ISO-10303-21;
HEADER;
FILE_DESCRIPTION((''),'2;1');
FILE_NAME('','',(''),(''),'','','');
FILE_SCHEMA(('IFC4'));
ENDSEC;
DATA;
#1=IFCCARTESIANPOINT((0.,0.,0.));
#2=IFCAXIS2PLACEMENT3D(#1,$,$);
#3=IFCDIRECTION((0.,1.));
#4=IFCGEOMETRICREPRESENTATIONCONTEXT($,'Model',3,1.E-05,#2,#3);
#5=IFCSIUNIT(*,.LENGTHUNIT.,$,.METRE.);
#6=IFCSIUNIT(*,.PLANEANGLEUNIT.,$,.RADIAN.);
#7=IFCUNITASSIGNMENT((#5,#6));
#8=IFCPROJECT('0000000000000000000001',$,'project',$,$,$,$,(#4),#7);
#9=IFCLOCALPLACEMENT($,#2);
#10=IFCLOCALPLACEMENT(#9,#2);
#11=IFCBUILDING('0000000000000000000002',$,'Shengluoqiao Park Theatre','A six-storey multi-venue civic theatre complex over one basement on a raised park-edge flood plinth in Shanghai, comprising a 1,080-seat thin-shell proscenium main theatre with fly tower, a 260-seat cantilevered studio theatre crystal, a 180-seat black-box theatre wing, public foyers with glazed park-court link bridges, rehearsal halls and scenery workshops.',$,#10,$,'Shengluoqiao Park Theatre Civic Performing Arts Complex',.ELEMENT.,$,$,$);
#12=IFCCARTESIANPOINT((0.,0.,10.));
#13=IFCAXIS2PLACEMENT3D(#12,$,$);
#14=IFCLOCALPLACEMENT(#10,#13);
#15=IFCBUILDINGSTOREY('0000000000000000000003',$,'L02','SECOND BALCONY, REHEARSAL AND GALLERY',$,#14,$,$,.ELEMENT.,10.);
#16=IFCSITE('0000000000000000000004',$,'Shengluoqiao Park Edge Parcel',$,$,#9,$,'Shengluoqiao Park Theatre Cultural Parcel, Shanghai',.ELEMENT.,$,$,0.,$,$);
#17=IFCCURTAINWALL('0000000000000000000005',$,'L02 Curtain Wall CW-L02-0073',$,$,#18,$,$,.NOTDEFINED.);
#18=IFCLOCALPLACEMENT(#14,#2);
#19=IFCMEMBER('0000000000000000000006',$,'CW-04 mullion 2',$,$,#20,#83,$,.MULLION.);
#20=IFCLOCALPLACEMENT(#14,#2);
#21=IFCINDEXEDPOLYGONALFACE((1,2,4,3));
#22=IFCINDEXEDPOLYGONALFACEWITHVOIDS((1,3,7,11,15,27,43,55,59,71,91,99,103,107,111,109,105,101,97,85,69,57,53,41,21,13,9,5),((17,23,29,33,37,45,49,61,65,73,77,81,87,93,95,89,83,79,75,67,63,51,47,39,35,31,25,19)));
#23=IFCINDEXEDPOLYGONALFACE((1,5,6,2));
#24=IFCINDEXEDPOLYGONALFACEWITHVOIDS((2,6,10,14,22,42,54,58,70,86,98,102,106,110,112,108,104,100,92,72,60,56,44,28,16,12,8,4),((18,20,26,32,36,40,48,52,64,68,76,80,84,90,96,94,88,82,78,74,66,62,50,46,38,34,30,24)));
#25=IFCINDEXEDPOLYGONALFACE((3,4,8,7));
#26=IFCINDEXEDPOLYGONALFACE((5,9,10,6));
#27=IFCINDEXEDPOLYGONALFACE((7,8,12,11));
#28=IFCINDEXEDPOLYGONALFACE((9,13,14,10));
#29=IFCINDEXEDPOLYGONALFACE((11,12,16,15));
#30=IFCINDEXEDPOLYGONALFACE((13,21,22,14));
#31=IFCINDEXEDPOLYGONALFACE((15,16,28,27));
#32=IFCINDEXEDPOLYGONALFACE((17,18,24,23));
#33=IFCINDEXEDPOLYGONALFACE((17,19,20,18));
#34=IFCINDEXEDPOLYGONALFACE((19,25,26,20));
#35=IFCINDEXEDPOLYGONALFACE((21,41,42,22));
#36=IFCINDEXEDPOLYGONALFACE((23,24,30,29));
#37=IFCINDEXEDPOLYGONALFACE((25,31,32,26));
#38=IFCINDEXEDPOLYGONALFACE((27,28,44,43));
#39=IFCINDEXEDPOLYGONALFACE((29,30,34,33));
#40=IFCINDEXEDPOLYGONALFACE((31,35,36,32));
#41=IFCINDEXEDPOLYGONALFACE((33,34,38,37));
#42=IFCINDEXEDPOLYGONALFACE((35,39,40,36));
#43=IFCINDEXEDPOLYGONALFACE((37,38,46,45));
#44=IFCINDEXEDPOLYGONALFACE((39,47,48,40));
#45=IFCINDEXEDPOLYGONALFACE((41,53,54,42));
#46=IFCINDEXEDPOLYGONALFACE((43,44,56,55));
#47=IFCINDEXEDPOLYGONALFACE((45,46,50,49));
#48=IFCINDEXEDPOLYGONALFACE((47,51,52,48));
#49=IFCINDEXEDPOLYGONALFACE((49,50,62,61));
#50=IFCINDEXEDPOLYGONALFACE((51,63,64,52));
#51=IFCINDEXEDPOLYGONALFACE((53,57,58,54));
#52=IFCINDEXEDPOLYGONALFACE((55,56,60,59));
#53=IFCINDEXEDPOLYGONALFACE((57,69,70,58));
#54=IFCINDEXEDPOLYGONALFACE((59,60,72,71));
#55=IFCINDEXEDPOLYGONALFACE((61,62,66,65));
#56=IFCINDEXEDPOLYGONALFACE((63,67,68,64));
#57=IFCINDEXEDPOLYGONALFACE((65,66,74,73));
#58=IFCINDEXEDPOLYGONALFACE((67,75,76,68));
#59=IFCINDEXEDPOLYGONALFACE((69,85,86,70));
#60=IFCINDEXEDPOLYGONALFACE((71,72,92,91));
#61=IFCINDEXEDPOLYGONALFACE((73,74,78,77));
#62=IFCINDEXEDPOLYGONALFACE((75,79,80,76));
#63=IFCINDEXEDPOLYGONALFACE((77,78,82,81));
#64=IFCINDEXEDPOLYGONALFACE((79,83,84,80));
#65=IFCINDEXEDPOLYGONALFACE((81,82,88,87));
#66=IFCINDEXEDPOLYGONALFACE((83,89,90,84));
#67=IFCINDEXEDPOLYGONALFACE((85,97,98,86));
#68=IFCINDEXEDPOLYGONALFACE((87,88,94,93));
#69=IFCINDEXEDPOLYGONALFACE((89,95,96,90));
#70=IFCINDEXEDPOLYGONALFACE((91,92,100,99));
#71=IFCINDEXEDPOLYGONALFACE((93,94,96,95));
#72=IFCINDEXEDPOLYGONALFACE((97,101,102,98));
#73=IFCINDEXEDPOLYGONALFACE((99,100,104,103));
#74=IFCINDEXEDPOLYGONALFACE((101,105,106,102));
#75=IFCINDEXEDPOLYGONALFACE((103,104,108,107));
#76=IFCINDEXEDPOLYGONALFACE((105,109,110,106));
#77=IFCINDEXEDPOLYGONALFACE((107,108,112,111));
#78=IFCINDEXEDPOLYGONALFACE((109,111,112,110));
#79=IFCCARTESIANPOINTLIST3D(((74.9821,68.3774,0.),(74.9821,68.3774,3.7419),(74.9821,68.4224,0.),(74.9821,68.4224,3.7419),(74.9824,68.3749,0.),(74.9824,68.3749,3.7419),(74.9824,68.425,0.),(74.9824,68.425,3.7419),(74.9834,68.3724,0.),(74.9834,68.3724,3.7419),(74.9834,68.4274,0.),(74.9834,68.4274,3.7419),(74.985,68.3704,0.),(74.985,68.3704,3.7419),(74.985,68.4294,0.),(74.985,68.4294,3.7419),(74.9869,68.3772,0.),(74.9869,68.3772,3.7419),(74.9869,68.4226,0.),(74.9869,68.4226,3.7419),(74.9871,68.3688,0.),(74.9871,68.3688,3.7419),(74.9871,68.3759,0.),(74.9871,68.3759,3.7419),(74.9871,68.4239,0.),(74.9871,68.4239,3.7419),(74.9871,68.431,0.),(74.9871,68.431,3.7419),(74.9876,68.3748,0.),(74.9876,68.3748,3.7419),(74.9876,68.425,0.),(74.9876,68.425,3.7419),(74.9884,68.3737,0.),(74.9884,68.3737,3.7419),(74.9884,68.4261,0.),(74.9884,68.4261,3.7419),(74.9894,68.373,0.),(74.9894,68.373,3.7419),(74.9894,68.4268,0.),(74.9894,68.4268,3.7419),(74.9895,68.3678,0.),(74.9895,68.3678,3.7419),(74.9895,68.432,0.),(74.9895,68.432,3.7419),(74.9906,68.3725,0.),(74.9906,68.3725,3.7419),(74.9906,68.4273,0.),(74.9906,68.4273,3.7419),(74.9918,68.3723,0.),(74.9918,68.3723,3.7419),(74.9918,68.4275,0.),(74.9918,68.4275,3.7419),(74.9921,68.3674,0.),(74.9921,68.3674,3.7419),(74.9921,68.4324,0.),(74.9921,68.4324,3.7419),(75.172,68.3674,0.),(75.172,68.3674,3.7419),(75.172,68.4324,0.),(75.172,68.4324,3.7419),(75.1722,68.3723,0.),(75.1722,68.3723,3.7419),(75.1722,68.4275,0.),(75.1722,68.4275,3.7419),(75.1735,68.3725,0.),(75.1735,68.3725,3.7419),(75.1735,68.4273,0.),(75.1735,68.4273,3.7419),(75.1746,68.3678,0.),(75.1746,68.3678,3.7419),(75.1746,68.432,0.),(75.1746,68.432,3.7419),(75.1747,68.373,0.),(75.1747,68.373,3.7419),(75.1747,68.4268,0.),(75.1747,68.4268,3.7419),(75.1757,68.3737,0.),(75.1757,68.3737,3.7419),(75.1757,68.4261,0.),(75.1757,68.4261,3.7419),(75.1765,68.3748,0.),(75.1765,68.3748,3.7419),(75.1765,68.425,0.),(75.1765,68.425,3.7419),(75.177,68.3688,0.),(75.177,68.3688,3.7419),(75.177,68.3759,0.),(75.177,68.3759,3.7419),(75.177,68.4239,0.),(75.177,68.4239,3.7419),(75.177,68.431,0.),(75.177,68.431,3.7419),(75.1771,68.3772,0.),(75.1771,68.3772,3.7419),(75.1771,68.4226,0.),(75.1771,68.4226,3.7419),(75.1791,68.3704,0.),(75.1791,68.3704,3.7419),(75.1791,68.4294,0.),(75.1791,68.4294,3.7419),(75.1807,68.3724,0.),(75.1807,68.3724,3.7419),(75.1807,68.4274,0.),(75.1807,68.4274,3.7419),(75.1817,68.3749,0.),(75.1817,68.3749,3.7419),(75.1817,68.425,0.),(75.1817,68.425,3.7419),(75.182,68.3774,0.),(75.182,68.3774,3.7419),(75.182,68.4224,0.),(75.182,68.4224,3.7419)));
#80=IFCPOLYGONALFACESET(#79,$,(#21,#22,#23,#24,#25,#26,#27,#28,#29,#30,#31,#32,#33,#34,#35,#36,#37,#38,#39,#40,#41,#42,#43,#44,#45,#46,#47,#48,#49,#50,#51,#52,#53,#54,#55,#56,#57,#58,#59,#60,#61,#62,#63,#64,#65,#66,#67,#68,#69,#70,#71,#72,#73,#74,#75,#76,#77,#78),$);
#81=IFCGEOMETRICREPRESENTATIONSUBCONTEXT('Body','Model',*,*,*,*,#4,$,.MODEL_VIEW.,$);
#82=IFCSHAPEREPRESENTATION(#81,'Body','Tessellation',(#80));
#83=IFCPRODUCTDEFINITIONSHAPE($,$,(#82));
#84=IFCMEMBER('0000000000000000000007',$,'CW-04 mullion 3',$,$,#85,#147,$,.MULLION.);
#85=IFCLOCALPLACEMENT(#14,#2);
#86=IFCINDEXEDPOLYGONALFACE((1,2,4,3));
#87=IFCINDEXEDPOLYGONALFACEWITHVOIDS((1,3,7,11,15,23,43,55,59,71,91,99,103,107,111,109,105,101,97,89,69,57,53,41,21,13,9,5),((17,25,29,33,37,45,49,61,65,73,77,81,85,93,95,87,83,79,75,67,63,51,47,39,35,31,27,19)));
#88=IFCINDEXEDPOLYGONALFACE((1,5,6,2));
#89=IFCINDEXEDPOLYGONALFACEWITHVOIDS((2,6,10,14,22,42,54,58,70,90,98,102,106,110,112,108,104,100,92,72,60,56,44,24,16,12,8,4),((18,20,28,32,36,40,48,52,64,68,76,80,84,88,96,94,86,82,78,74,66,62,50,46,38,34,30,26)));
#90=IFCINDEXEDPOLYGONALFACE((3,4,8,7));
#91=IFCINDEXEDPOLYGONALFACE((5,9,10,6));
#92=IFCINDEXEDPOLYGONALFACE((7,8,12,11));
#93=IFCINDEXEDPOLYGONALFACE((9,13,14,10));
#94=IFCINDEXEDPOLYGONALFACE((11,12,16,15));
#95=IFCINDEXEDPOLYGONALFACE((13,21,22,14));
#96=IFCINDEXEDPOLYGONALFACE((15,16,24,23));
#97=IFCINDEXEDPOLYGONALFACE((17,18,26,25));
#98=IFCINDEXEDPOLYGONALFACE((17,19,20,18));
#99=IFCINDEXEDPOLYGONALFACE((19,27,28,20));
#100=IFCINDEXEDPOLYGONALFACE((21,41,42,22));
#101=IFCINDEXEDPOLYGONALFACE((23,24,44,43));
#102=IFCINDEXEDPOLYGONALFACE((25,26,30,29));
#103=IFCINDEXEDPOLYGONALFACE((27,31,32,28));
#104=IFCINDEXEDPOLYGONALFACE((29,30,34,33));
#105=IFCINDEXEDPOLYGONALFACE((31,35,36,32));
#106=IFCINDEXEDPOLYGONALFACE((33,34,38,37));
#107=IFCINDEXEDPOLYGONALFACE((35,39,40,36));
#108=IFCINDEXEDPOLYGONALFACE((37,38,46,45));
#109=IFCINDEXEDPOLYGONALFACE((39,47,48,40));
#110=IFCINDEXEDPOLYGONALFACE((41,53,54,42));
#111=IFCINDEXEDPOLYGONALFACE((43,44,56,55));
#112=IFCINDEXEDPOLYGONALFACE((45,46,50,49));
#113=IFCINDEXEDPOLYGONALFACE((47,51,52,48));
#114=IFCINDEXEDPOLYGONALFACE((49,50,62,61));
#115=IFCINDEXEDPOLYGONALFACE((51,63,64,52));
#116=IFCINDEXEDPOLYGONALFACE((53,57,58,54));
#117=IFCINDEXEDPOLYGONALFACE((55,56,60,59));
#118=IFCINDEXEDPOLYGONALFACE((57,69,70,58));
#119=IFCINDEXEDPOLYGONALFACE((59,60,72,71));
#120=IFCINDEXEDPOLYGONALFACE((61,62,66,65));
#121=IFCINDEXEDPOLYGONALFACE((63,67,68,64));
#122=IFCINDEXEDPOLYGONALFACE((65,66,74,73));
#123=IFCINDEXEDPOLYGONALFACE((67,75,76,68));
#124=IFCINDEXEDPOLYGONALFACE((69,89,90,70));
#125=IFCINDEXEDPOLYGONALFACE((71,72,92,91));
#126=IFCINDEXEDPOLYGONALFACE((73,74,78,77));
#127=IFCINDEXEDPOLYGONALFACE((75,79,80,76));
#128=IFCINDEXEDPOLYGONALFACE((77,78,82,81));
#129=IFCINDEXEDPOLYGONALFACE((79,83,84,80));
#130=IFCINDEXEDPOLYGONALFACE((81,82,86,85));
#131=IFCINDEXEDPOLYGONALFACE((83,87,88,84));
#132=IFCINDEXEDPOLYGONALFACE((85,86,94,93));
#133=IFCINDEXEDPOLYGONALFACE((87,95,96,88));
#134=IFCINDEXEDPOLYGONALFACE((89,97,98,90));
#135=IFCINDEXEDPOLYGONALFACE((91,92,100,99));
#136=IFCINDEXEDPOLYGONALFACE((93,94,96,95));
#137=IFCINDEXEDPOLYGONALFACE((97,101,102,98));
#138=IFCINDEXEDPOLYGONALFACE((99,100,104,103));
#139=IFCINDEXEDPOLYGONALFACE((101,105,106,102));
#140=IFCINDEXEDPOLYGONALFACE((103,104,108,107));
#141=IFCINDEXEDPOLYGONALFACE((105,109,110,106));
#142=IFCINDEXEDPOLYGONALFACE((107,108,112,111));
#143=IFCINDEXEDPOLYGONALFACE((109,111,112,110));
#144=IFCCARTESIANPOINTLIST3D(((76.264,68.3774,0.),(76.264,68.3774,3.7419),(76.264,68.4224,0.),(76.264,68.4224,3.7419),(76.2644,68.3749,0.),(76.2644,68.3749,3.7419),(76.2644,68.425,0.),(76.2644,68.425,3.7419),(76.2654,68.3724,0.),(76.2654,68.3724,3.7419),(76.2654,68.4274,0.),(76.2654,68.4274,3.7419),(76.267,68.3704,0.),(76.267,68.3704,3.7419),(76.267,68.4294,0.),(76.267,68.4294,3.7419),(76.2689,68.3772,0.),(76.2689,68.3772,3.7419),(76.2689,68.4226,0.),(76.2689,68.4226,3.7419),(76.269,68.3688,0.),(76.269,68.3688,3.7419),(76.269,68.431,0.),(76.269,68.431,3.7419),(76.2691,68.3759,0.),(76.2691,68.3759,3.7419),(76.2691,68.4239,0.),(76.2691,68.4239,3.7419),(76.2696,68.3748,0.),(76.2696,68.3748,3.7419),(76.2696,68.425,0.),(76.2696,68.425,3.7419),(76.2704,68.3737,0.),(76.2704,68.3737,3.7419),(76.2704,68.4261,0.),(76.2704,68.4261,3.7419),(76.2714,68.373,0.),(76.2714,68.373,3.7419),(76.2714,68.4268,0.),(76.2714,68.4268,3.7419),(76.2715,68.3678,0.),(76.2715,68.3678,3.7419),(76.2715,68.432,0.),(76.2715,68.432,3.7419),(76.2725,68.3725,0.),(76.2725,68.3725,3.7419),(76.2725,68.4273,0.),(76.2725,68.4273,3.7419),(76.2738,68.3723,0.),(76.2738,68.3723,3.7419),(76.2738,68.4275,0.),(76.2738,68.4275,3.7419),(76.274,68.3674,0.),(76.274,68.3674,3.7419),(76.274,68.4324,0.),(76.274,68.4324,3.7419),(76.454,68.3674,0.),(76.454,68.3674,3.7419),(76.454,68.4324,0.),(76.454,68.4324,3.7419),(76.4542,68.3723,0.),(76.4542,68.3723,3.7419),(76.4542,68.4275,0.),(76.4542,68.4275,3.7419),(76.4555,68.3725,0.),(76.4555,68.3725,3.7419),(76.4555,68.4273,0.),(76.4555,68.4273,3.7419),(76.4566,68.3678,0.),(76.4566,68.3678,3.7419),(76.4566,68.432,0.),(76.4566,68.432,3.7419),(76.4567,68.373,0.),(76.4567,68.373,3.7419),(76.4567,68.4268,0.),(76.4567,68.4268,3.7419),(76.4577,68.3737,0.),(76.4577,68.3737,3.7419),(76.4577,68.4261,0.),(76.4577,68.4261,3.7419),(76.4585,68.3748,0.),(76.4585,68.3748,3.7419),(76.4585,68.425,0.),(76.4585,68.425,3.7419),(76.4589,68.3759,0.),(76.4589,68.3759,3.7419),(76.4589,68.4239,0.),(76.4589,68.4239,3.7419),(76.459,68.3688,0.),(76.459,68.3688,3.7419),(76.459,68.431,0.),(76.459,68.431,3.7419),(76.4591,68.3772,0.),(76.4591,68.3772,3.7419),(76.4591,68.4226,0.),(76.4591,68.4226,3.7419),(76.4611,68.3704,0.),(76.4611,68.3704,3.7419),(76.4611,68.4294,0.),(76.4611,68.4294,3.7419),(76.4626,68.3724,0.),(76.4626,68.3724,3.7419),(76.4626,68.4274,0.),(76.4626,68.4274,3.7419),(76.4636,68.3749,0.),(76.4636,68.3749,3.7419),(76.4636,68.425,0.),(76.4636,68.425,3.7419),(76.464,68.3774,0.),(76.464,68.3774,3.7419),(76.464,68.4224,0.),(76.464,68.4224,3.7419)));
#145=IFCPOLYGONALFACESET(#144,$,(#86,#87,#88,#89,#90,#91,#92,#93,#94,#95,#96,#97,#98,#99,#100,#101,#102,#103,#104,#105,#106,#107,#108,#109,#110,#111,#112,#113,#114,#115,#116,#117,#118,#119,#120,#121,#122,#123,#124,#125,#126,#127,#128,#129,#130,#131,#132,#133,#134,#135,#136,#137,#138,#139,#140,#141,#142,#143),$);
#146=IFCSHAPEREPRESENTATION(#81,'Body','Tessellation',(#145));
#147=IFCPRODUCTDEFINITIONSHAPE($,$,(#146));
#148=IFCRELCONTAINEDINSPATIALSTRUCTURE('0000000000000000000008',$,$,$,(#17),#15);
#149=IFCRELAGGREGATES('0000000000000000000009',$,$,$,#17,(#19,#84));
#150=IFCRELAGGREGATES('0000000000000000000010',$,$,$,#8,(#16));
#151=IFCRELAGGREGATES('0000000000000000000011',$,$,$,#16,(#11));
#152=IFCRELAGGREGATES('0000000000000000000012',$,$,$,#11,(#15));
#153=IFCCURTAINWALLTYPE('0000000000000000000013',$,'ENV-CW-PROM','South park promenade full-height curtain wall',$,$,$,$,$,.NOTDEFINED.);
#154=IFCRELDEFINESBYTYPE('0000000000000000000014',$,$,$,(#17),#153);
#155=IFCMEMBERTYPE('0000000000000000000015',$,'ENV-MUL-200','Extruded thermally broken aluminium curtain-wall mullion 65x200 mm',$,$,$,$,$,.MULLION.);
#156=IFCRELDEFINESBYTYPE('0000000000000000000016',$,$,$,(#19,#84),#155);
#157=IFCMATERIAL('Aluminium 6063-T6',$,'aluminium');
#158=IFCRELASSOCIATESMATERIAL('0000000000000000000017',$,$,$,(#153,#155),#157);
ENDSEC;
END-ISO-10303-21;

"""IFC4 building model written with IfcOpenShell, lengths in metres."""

from ifc_helpers import new_model, si_unit, direction, frame, origin, origin_2d, place, context, subcontext, project, spatial, hollow_rectangle, extrude, material, material_profile, profile_set, type_object, element, aggregate, save


model = new_model("IFC4")

# Units and contexts
model_context = context("Model", 3, precision=1e-05, world=origin(), true_north=direction((0.0, 1.0)))
body_context = subcontext(model_context, "Body", "Model", "MODEL_VIEW")
ifc_project = project(units=[si_unit("LENGTHUNIT", "METRE"), si_unit("PLANEANGLEUNIT", "RADIAN")], contexts=[model_context])

# Site, building, storey
site_placement = place(None, origin())
site = spatial("IfcSite", under=ifc_project, at=site_placement, Name="Shengluoqiao Park Edge Parcel", LongName="Shengluoqiao Park Theatre Cultural Parcel, Shanghai", CompositionType="ELEMENT", RefElevation=0.0)
building_placement = place(site_placement, origin())
building = spatial("IfcBuilding", under=site, at=building_placement, Name="Shengluoqiao Park Theatre", Description="A six-storey multi-venue civic theatre complex over one basement on a raised park-edge flood plinth in Shanghai, comprising a 1,080-seat thin-shell proscenium main theatre with fly tower, a 260-seat cantilevered studio theatre crystal, a 180-seat black-box theatre wing, public foyers with glazed park-court link bridges, rehearsal halls and scenery workshops.", LongName="Shengluoqiao Park Theatre Civic Performing Arts Complex", CompositionType="ELEMENT")
storey_placement = place(building_placement, frame((0.0, 0.0, 10.0)))
storey = spatial("IfcBuildingStorey", under=building, at=storey_placement, Name="L02", Description="SECOND BALCONY, REHEARSAL AND GALLERY", CompositionType="ELEMENT", Elevation=10.0)

# Shared definitions
ifc_material_1 = material(Name="Aluminium 6063-T6", Category="aluminium")
curtain_wall_type = type_object("IfcCurtainWallType", Name="ENV-CW-PROM", Description="South park promenade full-height curtain wall", PredefinedType="NOTDEFINED", material=ifc_material_1)
ifc_material_profile_1 = material_profile(ifc_material_1, hollow_rectangle(XDim=0.0649, YDim=0.2, WallThickness=0.0049, InnerFilletRadius=0.0049, OuterFilletRadius=0.01, at=origin_2d()), Name="ALU MULLION 200x65x5")
ifc_profile_set_1 = profile_set([ifc_material_profile_1], Name="Aluminium 6063-T6")
member_type_1 = type_object("IfcMemberType", Name="ENV-MUL-200", Description="Extruded thermally broken aluminium curtain-wall mullion 65x200 mm", PredefinedType="MULLION", material=ifc_profile_set_1)

# Curtain wall, members
curtain_wall_1_placement = place(storey_placement, origin())
curtain_wall_1 = element("IfcCurtainWall", 1, at=curtain_wall_1_placement, inside=storey, type_object=curtain_wall_type, Name="L02 Curtain Wall CW-L02-0073", PredefinedType="NOTDEFINED")
member_1_placement = place(storey_placement, frame((75.082, 68.3999, 0.0), z_axis=(0.0, 0.0, 1.0), x_axis=(0.0, 1.0, 0.0)))
member_1 = element("IfcMember", 2, at=member_1_placement, type_object=member_type_1, Name="CW-04 mullion 2", PredefinedType="MULLION", context=body_context, shape_type="SweptSolid", body=[
    extrude(hollow_rectangle(XDim=0.0649, YDim=0.2, WallThickness=0.0049, InnerFilletRadius=0.0049, OuterFilletRadius=0.01, at=origin_2d()), origin(), (0.0, 0.0, 1.0), 3.7419),
])
member_2_placement = place(storey_placement, frame((76.364, 68.3999, 0.0), z_axis=(0.0, 0.0, 1.0), x_axis=(0.0, 1.0, 0.0)))
member_2 = element("IfcMember", 3, at=member_2_placement, type_object=member_type_1, Name="CW-04 mullion 3", PredefinedType="MULLION", context=body_context, shape_type="SweptSolid", body=[
    extrude(hollow_rectangle(XDim=0.0649, YDim=0.2, WallThickness=0.0049, InnerFilletRadius=0.0049, OuterFilletRadius=0.01, at=origin_2d()), origin(), (0.0, 0.0, 1.0), 3.7419),
])

aggregate(curtain_wall_1, [member_1, member_2])

save(model, "model.ifc")
